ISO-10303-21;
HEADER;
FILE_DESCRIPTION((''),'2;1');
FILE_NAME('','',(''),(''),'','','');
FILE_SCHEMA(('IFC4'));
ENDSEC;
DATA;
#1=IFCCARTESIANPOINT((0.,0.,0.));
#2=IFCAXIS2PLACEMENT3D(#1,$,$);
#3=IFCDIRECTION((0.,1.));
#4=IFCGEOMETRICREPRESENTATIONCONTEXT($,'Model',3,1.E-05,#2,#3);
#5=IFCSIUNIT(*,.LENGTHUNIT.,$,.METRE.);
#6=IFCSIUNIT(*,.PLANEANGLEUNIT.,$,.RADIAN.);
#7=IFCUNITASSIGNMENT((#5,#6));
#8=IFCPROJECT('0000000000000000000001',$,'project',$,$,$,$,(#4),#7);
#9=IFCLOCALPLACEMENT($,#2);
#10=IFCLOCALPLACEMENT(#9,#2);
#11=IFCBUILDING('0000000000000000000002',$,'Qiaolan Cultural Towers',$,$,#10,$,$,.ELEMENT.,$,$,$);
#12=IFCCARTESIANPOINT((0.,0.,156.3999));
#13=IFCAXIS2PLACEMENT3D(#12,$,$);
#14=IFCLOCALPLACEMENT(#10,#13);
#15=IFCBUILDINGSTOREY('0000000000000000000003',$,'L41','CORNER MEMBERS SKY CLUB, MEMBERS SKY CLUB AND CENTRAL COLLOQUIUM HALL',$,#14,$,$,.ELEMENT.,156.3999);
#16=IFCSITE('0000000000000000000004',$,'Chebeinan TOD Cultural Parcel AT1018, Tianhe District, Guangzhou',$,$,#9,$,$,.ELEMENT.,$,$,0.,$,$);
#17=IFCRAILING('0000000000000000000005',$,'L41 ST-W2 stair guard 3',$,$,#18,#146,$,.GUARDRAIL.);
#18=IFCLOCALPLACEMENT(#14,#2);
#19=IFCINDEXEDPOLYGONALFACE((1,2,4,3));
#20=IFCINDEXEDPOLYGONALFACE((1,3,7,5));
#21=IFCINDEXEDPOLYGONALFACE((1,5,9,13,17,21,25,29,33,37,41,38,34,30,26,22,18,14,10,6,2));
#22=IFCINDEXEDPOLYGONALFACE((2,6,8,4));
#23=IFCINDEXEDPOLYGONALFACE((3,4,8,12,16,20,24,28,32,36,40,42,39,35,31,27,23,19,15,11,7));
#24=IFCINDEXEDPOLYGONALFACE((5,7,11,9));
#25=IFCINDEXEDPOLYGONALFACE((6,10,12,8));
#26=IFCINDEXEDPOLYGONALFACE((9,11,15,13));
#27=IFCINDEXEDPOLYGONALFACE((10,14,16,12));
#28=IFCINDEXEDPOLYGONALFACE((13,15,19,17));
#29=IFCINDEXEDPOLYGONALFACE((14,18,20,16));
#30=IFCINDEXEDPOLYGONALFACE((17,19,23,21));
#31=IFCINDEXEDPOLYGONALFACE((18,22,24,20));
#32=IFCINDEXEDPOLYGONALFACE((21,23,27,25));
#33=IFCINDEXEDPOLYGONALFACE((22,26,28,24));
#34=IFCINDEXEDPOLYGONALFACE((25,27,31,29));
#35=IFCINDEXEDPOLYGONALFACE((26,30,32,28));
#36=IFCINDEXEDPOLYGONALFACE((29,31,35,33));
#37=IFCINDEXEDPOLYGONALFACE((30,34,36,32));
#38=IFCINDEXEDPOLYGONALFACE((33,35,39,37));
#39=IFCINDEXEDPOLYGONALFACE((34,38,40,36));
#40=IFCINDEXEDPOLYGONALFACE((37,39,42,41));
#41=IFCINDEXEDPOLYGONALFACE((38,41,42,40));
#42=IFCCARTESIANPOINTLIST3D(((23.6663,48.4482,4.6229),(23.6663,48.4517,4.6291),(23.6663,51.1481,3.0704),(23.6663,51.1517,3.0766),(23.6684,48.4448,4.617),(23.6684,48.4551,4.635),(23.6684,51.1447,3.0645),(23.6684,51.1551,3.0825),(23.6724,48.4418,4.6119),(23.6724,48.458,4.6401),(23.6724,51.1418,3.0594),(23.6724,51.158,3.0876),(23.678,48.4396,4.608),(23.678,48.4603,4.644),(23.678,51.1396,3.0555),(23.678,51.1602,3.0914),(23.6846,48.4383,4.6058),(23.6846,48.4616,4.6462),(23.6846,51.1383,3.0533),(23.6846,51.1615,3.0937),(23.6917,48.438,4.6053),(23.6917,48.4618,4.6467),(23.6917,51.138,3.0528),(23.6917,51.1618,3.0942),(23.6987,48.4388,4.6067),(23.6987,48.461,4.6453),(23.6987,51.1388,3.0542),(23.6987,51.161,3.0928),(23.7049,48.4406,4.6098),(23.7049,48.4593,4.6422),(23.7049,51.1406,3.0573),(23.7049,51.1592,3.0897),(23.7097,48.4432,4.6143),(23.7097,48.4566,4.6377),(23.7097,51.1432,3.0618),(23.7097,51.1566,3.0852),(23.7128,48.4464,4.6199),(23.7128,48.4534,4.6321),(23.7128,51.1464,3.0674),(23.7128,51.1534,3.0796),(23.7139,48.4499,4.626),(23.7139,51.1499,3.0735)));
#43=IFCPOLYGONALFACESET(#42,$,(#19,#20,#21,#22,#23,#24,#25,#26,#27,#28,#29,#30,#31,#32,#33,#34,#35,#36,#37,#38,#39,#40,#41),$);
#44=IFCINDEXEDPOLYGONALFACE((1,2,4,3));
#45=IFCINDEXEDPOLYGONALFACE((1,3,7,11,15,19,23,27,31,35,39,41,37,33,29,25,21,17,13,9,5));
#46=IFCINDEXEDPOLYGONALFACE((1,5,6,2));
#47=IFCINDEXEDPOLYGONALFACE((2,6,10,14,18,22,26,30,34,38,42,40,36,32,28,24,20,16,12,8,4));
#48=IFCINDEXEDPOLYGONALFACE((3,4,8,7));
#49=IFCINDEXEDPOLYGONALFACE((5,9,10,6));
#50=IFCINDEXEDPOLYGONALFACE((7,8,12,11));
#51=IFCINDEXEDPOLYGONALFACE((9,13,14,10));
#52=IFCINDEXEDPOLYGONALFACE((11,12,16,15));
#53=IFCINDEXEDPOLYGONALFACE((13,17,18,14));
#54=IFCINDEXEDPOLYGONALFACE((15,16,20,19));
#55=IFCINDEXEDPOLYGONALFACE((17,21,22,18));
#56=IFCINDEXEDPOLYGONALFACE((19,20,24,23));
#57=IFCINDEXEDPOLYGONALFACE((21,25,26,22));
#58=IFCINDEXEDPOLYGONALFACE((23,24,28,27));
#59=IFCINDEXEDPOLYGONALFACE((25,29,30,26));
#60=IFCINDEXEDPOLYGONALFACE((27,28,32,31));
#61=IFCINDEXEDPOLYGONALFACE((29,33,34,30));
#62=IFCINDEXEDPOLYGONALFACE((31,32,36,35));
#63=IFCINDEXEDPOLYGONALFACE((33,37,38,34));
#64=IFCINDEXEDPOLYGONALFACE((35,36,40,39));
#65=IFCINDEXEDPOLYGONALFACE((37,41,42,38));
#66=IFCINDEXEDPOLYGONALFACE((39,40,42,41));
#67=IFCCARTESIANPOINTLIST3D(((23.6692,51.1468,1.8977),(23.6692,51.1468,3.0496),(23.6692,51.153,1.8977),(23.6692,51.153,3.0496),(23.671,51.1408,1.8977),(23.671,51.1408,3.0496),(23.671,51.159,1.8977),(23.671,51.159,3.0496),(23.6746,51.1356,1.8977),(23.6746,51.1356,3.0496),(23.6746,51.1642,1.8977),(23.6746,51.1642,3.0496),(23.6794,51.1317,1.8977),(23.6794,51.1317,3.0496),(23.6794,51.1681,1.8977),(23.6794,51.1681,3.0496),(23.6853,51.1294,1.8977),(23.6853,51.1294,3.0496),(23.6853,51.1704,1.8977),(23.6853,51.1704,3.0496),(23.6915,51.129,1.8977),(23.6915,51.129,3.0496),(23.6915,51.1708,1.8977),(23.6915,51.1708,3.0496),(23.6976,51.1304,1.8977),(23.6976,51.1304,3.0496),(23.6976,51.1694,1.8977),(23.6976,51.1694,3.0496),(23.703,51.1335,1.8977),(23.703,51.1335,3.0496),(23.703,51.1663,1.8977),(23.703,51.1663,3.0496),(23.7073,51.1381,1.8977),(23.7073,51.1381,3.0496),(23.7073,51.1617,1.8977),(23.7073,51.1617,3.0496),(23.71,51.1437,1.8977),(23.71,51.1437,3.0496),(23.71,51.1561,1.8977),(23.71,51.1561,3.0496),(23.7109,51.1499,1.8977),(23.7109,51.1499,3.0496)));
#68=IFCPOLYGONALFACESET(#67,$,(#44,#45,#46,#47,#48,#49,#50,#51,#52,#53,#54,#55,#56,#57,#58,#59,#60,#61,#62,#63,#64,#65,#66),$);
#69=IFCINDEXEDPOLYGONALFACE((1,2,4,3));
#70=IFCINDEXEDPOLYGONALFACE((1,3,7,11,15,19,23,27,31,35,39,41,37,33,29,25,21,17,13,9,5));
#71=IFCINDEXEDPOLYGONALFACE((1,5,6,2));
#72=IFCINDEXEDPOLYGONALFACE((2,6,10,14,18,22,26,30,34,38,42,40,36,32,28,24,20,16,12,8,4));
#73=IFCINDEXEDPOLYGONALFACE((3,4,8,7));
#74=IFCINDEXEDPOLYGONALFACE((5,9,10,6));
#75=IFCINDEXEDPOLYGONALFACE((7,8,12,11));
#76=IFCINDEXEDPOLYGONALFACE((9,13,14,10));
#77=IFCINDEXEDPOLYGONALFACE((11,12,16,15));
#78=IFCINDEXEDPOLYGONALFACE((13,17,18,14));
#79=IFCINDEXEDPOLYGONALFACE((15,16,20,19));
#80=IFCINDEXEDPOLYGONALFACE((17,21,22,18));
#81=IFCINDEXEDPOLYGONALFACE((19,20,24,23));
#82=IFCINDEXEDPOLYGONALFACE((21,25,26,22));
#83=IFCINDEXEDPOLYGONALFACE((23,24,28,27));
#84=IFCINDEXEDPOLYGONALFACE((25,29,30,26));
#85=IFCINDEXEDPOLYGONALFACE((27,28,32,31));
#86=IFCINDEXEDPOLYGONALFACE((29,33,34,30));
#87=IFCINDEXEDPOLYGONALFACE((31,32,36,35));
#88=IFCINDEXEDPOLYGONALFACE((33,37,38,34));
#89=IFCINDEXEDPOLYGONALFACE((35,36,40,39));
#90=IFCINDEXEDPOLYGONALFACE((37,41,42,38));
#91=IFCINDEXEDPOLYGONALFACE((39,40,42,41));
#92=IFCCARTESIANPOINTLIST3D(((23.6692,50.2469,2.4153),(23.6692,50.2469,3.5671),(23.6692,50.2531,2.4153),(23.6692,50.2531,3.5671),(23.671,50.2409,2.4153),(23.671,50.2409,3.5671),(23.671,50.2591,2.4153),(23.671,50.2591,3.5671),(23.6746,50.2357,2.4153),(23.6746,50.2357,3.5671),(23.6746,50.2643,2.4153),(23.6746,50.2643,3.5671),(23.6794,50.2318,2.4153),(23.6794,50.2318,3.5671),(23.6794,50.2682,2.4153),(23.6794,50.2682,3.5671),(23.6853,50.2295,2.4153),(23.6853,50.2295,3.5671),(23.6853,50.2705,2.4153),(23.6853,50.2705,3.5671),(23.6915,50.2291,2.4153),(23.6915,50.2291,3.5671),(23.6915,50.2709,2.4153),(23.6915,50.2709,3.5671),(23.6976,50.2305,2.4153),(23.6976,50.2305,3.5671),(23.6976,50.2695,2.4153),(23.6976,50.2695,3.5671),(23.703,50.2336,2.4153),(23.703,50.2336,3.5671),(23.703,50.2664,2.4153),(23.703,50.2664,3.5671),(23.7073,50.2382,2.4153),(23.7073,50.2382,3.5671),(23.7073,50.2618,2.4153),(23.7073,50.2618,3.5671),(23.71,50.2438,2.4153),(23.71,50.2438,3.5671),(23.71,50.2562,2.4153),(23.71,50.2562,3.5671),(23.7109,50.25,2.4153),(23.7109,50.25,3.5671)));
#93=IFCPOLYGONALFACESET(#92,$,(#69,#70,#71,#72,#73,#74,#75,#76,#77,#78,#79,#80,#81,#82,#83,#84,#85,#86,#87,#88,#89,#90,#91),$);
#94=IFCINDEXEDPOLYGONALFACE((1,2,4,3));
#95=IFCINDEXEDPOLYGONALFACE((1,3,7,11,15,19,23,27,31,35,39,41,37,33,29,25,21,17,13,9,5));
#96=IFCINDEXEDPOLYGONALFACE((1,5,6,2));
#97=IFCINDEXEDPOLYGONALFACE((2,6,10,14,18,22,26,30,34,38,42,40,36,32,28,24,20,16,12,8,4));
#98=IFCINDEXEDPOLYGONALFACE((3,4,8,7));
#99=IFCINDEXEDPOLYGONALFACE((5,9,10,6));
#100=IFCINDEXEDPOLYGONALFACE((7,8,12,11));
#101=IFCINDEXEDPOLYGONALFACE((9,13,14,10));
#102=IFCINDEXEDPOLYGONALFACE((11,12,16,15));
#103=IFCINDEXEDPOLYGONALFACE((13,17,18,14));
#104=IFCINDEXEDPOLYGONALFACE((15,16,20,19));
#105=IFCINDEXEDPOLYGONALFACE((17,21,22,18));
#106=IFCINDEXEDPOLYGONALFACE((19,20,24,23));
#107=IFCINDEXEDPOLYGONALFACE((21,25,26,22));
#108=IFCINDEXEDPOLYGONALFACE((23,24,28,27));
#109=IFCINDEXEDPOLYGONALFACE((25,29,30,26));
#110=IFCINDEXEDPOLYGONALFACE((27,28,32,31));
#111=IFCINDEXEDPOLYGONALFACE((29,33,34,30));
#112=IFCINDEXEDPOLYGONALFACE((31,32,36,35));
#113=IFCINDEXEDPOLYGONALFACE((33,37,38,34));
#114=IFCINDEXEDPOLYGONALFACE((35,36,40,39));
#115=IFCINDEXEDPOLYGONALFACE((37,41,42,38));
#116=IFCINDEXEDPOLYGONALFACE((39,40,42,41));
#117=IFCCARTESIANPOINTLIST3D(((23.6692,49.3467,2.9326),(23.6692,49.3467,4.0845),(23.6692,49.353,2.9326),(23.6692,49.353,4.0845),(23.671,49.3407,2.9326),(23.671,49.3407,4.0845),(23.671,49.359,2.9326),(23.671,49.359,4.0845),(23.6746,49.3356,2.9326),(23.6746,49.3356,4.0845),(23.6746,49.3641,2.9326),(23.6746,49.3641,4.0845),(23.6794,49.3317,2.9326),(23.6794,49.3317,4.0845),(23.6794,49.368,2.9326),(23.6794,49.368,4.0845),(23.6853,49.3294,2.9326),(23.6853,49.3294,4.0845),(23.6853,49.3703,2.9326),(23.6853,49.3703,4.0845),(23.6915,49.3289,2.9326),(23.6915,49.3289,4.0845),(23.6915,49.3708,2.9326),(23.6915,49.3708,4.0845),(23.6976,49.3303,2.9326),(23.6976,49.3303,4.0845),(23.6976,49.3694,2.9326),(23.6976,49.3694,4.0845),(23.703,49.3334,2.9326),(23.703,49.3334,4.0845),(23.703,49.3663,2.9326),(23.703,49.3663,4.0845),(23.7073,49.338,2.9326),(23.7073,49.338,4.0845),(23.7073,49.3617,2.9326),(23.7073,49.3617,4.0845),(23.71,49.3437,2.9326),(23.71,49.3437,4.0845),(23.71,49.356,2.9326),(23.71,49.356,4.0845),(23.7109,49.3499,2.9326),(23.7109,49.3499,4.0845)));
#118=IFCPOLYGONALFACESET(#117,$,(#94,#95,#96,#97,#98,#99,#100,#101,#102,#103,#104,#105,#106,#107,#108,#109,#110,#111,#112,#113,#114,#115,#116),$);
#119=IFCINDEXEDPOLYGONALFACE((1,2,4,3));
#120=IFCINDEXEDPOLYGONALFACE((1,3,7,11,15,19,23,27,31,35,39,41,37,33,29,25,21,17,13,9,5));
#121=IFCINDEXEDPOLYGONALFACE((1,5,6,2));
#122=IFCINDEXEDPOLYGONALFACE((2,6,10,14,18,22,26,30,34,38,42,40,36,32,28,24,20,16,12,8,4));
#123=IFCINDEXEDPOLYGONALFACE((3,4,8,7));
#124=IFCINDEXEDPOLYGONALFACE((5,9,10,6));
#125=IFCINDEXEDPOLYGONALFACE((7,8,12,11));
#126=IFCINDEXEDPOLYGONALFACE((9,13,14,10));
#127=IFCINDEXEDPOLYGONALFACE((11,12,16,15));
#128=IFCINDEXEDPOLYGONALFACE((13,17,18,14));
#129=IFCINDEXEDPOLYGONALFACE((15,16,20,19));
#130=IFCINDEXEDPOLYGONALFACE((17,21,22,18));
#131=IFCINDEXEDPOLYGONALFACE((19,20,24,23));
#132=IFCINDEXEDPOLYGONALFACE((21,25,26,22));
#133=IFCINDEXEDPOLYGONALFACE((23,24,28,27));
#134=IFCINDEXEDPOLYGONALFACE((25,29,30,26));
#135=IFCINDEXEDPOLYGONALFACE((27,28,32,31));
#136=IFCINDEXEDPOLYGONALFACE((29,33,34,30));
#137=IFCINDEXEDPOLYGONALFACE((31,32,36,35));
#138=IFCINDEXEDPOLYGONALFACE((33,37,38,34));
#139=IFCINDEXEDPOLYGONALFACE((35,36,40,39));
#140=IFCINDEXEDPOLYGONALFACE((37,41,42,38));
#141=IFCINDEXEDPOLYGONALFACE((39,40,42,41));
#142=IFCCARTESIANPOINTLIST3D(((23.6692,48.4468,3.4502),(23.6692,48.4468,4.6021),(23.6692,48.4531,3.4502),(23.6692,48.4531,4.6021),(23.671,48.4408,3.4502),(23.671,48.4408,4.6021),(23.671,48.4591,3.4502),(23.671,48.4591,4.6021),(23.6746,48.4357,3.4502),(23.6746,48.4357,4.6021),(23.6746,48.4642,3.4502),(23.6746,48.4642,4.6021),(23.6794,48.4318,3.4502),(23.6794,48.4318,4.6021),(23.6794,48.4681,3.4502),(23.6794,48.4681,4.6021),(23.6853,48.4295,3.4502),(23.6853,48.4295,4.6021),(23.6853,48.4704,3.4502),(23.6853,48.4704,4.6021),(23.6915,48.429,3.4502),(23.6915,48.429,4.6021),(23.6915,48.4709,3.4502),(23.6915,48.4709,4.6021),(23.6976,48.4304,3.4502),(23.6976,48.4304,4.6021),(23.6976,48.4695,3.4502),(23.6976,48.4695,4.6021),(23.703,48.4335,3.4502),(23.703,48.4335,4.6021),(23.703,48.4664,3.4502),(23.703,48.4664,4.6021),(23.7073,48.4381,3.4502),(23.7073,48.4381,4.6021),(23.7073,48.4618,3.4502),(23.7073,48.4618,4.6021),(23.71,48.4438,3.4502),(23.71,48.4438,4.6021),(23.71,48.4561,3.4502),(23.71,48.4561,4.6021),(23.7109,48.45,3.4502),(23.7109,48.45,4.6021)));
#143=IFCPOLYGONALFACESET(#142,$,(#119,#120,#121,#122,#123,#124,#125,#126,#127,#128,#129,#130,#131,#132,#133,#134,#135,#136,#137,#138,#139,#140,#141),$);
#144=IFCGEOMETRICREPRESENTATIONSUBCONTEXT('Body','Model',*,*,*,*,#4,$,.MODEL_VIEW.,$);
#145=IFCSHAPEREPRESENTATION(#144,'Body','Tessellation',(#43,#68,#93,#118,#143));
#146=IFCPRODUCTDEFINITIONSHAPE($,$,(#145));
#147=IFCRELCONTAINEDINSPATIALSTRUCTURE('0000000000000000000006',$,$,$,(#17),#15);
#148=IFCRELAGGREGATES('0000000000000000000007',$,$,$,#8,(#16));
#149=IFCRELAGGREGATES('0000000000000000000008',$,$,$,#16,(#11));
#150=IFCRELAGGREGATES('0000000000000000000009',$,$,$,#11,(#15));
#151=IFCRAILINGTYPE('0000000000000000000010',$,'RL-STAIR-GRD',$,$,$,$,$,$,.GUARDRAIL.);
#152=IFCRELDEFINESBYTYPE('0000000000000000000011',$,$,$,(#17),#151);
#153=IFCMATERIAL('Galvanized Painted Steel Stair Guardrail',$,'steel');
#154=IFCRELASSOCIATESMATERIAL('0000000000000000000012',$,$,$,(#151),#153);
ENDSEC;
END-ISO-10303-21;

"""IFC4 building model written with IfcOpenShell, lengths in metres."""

from ifc_helpers import new_model, si_unit, direction, frame, origin, origin_2d, place, context, subcontext, project, spatial, circle, extrude, material, type_object, element, save


model = new_model("IFC4")

# Units and contexts
model_context = context("Model", 3, precision=1e-05, world=origin(), true_north=direction((0.0, 1.0)))
body_context = subcontext(model_context, "Body", "Model", "MODEL_VIEW")
ifc_project = project(units=[si_unit("LENGTHUNIT", "METRE"), si_unit("PLANEANGLEUNIT", "RADIAN")], contexts=[model_context])

# Site, building, storey
site_placement = place(None, origin())
site = spatial("IfcSite", under=ifc_project, at=site_placement, Name="Chebeinan TOD Cultural Parcel AT1018, Tianhe District, Guangzhou", CompositionType="ELEMENT", RefElevation=0.0)
building_placement = place(site_placement, origin())
building = spatial("IfcBuilding", under=site, at=building_placement, Name="Qiaolan Cultural Towers", CompositionType="ELEMENT")
storey_placement = place(building_placement, frame((0.0, 0.0, 156.3999)))
storey = spatial("IfcBuildingStorey", under=building, at=storey_placement, Name="L41", Description="CORNER MEMBERS SKY CLUB, MEMBERS SKY CLUB AND CENTRAL COLLOQUIUM HALL", CompositionType="ELEMENT", Elevation=156.3999)

# Railing
ifc_material_1 = material(Name="Galvanized Painted Steel Stair Guardrail", Category="steel")
railing_type_1 = type_object("IfcRailingType", Name="RL-STAIR-GRD", PredefinedType="GUARDRAIL", material=ifc_material_1)
railing_1_placement = place(storey_placement, frame((23.6899, 51.1499, 1.8977)))
element("IfcRailing", 1, at=railing_1_placement, inside=storey, type_object=railing_type_1, Name="L41 ST-W2 stair guard 3", PredefinedType="GUARDRAIL", context=body_context, shape_type="SweptSolid", body=[
    extrude(circle(Radius=0.0239, at=origin_2d()), frame((0.0, 0.0, 1.1758), z_axis=(0.0, -0.866904, 0.498476), x_axis=(1.0, 0.0, 0.0)), (0.0, 0.0, 1.0), 3.1145),
    extrude(circle(Radius=0.021, at=origin_2d()), origin(), (0.0, 0.0, 1.0), 1.1519),
    extrude(circle(Radius=0.021, at=origin_2d()), frame((0.0, -0.8999, 0.5176)), (0.0, 0.0, 1.0), 1.1519),
    extrude(circle(Radius=0.021, at=origin_2d()), frame((0.0, -1.8, 1.0349)), (0.0, 0.0, 1.0), 1.1519),
    extrude(circle(Radius=0.021, at=origin_2d()), frame((0.0, -2.7, 1.5525)), (0.0, 0.0, 1.0), 1.1519),
])

save(model, "model.ifc")
